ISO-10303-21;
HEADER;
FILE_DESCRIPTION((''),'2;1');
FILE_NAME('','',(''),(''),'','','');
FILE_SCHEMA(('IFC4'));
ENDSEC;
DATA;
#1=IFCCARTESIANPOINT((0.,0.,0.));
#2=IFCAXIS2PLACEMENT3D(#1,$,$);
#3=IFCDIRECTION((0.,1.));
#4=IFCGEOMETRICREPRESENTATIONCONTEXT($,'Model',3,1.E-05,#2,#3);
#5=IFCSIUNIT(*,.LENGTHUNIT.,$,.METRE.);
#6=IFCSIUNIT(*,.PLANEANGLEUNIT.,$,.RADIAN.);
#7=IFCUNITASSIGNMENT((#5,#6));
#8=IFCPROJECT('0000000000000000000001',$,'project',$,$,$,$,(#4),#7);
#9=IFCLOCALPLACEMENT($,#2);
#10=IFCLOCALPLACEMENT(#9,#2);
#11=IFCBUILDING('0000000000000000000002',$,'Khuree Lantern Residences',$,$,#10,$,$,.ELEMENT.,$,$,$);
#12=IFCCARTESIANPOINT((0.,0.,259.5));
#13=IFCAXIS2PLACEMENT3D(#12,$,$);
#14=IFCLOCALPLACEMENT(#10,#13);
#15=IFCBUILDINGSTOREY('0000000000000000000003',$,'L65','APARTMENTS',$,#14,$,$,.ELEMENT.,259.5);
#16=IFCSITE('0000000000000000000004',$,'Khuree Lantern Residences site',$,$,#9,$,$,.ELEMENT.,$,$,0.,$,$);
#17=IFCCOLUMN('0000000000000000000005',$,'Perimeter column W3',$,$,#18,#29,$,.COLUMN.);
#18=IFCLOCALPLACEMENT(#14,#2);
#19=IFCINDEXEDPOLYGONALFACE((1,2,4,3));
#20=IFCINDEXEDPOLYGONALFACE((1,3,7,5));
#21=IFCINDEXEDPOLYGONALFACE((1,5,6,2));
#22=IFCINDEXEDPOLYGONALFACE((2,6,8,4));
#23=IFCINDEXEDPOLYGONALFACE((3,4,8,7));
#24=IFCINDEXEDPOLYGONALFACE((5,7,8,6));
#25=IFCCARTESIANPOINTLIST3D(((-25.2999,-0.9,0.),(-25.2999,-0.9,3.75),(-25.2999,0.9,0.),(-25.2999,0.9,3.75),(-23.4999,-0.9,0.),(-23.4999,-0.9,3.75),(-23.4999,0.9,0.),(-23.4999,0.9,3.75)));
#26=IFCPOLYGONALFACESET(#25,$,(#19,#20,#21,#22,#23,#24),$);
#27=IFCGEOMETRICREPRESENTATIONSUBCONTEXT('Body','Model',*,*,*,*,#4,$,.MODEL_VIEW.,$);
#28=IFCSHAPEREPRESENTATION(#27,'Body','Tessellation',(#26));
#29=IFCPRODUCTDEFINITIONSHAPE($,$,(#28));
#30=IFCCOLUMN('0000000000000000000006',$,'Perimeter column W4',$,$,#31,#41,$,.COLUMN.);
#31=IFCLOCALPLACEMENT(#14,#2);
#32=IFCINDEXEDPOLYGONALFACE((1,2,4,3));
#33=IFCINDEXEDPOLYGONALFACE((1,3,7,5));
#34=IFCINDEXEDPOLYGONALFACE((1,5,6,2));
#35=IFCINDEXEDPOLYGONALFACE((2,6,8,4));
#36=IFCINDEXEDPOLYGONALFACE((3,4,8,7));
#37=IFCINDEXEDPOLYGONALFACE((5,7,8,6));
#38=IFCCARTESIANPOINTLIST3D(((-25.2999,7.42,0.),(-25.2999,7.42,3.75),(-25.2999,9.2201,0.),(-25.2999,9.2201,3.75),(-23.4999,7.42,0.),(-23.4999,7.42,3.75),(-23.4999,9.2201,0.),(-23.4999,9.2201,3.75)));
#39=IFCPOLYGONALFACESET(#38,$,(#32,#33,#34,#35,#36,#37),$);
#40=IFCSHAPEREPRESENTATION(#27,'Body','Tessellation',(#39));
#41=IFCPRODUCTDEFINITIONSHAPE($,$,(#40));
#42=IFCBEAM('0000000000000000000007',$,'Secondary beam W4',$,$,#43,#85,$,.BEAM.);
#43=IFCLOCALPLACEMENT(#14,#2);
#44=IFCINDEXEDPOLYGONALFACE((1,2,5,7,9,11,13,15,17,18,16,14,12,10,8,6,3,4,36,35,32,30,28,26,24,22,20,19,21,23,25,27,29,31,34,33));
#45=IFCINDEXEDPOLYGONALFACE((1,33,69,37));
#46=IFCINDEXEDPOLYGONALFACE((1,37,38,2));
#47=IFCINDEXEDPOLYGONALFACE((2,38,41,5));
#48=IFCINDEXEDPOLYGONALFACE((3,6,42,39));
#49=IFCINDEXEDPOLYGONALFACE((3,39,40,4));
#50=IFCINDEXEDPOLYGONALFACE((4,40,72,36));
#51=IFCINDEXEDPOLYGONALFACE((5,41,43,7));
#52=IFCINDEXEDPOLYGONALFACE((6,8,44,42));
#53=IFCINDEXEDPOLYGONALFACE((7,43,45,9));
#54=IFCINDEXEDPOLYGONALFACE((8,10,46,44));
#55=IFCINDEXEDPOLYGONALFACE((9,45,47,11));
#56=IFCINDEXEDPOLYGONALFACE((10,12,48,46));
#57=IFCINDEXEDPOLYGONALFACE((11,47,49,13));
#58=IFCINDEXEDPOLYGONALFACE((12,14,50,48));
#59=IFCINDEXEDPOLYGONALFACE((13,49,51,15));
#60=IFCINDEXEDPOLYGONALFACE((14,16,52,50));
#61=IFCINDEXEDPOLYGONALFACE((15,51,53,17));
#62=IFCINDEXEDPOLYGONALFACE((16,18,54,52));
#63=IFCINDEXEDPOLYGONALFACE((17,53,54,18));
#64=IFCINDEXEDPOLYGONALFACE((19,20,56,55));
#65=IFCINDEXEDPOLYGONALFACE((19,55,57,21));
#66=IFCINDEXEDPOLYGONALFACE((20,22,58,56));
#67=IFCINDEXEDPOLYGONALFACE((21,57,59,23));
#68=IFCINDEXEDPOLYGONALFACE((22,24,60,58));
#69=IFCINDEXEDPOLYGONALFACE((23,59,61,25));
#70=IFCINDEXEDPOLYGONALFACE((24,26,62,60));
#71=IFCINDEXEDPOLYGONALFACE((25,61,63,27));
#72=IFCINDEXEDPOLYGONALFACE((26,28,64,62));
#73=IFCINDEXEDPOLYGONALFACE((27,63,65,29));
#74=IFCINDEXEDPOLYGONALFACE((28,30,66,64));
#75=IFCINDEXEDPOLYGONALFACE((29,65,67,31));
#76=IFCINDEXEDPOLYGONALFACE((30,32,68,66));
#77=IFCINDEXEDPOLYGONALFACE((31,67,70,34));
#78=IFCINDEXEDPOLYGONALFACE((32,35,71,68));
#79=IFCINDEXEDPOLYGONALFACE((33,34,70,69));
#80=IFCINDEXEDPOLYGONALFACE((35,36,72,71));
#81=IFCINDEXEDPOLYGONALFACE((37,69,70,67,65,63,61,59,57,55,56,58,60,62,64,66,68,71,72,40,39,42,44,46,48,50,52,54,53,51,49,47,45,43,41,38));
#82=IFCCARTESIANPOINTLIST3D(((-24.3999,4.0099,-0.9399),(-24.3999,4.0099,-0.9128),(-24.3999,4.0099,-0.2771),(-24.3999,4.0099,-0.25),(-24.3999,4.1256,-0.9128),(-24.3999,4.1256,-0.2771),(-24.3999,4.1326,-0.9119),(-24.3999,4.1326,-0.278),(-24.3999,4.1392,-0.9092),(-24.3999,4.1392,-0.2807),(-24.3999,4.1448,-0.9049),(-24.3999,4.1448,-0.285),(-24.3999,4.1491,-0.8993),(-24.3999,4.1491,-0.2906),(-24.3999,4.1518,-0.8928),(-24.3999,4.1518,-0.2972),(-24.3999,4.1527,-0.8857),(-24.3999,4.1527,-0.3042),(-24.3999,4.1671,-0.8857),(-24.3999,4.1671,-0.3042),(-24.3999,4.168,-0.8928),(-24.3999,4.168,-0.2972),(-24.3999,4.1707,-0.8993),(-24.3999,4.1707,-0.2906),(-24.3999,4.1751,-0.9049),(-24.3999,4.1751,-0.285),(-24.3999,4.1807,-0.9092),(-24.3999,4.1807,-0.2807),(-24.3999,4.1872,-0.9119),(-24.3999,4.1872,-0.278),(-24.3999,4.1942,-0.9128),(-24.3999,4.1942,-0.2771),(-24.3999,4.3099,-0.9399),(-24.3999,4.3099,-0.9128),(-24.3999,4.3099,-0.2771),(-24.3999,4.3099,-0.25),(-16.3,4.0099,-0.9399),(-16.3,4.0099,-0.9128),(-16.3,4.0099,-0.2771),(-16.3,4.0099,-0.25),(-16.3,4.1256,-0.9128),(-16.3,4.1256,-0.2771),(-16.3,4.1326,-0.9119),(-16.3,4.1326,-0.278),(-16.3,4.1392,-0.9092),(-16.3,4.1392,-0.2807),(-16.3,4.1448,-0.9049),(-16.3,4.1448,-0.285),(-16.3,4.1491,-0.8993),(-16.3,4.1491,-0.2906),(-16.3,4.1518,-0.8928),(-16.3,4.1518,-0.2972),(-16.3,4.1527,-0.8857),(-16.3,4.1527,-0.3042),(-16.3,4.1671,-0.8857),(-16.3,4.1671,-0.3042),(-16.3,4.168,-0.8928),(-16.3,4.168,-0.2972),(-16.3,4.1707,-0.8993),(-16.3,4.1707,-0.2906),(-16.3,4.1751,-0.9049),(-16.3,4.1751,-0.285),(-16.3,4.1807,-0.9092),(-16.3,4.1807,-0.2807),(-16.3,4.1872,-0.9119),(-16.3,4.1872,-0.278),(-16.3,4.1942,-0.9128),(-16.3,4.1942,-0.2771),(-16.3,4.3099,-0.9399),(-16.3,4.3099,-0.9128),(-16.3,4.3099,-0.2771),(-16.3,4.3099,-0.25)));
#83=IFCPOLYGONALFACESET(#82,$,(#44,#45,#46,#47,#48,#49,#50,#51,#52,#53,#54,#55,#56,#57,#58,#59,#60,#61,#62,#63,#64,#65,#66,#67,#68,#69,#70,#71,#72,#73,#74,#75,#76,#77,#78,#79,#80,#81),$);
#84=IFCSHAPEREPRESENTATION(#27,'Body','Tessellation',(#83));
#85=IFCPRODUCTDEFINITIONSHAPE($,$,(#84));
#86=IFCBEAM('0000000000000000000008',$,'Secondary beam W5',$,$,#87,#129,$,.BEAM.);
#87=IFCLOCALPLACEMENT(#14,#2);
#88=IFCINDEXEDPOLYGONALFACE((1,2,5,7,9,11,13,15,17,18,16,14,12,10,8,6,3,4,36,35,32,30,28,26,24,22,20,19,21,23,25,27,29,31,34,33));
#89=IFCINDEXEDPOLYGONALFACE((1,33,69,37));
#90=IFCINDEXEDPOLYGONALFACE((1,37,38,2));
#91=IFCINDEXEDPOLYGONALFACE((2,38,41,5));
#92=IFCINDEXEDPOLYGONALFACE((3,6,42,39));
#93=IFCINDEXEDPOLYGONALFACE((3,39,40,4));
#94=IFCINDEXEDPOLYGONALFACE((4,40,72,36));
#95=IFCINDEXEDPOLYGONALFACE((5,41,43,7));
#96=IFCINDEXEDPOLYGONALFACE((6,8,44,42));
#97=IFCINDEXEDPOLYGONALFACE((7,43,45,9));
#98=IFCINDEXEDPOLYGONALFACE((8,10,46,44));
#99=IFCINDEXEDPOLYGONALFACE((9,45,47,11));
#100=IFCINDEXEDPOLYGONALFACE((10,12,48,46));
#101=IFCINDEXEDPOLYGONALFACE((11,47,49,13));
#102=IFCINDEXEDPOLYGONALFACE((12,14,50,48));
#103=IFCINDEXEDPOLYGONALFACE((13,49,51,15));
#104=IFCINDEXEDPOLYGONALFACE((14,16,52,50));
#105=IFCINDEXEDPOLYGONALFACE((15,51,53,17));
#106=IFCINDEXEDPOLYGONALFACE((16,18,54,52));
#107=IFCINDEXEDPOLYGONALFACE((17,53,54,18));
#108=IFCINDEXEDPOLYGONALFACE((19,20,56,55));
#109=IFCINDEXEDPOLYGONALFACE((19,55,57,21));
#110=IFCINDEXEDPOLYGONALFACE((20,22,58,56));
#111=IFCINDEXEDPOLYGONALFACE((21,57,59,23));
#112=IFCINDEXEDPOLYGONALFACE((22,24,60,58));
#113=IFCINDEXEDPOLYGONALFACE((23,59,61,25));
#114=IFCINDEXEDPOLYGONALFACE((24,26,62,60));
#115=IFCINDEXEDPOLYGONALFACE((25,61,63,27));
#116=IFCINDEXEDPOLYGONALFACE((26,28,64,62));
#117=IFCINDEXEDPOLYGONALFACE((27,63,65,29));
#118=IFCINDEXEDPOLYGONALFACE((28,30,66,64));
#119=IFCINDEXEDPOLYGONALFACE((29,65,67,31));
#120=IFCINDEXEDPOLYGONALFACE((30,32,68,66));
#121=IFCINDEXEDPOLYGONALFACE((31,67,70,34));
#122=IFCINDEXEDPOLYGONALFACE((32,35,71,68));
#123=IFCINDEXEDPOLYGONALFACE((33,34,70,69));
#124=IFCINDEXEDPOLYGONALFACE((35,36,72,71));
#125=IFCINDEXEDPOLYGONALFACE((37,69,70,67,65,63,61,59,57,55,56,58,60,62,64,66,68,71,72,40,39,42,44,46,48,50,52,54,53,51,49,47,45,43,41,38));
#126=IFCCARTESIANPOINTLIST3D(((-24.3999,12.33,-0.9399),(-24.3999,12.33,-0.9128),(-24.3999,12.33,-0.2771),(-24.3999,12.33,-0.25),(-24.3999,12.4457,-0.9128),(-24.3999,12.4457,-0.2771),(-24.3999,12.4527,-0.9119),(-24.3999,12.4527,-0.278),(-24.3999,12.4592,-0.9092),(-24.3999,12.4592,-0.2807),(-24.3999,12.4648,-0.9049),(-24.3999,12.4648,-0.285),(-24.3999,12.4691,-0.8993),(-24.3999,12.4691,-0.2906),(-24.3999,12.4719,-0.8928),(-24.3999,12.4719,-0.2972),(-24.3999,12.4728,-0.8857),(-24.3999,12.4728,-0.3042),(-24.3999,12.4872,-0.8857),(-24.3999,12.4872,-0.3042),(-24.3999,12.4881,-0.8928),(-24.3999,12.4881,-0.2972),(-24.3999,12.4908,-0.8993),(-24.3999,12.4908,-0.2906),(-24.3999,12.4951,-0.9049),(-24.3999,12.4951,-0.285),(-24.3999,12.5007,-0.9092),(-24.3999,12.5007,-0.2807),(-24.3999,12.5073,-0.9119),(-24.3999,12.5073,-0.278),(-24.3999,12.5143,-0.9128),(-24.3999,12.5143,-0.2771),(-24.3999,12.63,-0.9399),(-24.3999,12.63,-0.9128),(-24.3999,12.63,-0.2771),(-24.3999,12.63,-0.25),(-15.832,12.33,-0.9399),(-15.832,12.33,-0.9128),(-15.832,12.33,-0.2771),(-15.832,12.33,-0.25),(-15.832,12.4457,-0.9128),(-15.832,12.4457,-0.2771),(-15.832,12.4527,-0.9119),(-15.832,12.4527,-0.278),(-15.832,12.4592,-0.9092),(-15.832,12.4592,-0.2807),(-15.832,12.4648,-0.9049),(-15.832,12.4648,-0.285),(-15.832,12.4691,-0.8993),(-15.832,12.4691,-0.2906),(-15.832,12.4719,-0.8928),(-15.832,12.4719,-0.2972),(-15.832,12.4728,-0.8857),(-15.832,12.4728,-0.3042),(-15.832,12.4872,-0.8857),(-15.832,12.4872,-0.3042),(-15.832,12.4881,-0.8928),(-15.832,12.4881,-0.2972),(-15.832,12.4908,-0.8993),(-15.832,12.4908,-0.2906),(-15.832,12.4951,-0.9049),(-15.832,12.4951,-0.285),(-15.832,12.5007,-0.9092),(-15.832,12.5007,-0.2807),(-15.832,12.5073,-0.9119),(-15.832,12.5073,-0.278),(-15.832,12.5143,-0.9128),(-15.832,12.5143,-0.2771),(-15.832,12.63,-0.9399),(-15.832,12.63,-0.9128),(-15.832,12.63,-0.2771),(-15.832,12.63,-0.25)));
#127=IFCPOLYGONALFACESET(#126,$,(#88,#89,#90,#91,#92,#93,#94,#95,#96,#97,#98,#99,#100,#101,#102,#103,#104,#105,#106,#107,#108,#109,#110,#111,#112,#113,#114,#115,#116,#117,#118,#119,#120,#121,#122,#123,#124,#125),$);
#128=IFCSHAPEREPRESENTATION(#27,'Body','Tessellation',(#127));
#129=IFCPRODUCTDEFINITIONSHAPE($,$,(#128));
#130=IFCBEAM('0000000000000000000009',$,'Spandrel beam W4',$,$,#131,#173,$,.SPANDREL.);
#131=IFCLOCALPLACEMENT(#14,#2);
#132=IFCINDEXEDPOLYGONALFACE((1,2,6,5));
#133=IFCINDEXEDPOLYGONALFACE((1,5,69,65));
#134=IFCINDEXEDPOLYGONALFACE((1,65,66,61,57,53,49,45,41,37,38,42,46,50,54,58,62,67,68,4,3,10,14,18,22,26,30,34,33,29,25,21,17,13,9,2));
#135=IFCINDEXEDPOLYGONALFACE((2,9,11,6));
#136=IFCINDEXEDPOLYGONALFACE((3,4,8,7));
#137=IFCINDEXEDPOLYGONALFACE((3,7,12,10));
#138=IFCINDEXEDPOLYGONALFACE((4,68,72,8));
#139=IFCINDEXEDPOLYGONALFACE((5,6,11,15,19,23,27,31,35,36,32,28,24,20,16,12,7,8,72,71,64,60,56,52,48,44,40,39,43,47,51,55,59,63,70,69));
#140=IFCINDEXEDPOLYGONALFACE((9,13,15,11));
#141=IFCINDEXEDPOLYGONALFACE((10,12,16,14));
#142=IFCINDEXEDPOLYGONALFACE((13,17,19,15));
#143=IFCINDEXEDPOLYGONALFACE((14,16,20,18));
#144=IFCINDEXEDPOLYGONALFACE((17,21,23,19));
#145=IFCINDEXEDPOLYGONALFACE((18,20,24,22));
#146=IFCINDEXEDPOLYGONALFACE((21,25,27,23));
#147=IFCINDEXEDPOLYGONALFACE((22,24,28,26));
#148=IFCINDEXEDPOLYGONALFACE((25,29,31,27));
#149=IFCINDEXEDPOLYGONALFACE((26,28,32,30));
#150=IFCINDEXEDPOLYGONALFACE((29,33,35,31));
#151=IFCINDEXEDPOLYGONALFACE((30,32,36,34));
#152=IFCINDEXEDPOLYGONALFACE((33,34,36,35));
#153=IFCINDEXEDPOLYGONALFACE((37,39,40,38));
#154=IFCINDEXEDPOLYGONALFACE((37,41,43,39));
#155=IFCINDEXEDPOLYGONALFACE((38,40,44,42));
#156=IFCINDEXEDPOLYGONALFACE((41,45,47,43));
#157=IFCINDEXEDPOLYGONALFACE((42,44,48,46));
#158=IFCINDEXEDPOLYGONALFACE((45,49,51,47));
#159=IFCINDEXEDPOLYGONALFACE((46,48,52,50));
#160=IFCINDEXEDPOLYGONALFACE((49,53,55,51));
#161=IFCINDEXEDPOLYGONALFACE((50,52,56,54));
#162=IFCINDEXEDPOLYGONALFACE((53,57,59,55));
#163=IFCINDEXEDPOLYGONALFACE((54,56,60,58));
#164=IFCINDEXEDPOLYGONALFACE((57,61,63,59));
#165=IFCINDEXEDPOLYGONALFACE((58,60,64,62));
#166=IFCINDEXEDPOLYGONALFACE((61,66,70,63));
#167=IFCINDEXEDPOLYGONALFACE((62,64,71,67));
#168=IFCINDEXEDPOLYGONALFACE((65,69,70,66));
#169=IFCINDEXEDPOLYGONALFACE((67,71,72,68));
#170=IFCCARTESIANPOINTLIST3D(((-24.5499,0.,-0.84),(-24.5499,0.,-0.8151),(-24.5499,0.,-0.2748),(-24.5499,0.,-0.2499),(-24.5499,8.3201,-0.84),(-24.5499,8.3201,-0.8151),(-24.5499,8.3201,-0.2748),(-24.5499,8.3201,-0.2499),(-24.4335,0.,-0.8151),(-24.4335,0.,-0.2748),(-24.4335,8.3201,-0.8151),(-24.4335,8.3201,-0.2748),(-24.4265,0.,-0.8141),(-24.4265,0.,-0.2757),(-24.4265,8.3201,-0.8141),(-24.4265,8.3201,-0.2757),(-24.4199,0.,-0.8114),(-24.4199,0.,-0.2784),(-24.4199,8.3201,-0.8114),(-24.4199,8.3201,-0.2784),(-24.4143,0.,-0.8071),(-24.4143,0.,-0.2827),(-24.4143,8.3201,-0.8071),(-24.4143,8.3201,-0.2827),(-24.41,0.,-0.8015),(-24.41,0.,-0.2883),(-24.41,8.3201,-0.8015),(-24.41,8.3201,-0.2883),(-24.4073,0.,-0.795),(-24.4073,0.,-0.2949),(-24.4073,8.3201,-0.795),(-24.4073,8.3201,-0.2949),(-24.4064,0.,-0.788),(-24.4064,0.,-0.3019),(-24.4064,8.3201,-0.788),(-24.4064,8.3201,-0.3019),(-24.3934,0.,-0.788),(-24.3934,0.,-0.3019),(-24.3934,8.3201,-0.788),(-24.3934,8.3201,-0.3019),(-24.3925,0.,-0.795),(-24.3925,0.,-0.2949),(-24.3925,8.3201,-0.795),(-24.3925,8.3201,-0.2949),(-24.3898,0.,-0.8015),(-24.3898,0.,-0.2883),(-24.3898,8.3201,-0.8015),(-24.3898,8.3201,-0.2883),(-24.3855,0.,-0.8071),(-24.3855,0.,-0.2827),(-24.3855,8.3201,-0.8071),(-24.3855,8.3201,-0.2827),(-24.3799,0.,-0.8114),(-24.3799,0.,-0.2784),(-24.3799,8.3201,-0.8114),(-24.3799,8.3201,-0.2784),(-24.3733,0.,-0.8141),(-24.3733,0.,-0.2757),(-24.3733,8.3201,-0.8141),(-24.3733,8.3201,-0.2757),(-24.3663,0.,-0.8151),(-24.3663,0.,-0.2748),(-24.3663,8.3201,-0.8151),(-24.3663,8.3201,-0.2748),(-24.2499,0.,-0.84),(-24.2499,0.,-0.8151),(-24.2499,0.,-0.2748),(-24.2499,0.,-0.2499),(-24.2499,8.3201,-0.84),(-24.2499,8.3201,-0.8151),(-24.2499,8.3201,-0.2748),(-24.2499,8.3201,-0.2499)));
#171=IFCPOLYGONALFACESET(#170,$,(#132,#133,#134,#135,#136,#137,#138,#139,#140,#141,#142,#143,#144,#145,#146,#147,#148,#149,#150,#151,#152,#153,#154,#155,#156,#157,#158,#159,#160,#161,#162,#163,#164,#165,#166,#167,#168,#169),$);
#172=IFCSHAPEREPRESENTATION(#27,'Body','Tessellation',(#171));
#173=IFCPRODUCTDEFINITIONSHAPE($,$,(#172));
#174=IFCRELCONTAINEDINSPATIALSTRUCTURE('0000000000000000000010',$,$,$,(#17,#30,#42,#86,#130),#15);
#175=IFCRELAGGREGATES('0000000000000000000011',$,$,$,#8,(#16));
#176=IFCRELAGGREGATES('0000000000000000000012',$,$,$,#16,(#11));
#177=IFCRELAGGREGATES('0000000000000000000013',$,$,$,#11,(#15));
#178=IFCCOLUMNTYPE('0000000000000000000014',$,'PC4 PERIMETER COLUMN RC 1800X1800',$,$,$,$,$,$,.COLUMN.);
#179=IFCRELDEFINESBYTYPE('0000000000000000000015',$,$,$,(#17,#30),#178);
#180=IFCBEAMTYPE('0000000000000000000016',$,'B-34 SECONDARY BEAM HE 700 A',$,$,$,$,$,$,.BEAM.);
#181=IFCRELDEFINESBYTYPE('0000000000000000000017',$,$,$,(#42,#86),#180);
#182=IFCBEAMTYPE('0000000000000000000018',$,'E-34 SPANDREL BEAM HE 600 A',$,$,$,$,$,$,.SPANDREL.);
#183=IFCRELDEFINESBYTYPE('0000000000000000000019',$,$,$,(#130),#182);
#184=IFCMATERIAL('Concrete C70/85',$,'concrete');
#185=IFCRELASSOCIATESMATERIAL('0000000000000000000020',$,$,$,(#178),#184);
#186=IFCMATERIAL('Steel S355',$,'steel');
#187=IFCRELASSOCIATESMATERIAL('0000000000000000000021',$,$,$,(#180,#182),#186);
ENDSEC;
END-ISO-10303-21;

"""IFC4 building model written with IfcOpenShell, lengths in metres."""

from ifc_helpers import new_model, si_unit, direction, frame, origin, origin_2d, place, context, subcontext, project, spatial, rectangle, i_section, extrude, material, material_profile, profile_set, type_object, element, save


model = new_model("IFC4")

# Units and contexts
model_context = context("Model", 3, precision=1e-05, world=origin(), true_north=direction((0.0, 1.0)))
body_context = subcontext(model_context, "Body", "Model", "MODEL_VIEW")
ifc_project = project(units=[si_unit("LENGTHUNIT", "METRE"), si_unit("PLANEANGLEUNIT", "RADIAN")], contexts=[model_context])

# Site, building, storey
site_placement = place(None, origin())
site = spatial("IfcSite", under=ifc_project, at=site_placement, Name="Khuree Lantern Residences site", CompositionType="ELEMENT", RefElevation=0.0)
building_placement = place(site_placement, origin())
building = spatial("IfcBuilding", under=site, at=building_placement, Name="Khuree Lantern Residences", CompositionType="ELEMENT")
storey_placement = place(building_placement, frame((0.0, 0.0, 259.5)))
storey = spatial("IfcBuildingStorey", under=building, at=storey_placement, Name="L65", Description="APARTMENTS", CompositionType="ELEMENT", Elevation=259.5)

# Columns
ifc_material_1 = material(Name="Concrete C70/85", Category="concrete")
ifc_material_profile_1 = material_profile(ifc_material_1, rectangle(XDim=1.8, YDim=1.8, at=origin_2d()), Name="RC 1800X1800")
ifc_profile_set_1 = profile_set([ifc_material_profile_1], Name="Concrete C70/85")
column_type = type_object("IfcColumnType", Name="PC4 PERIMETER COLUMN RC 1800X1800", PredefinedType="COLUMN", material=ifc_profile_set_1)
for number, where, z_axis, x_axis, name in (
    (1, (-24.3999, 0.0, 0.0), (0.0, 0.0, 1.0), (0.0, 1.0, 0.0), "Perimeter column W3"),
    (2, (-24.3999, 8.3201, 0.0), (0.0, 0.0, 1.0), (0.0, 1.0, 0.0), "Perimeter column W4"),
):
    element("IfcColumn", number, at=place(storey_placement, frame(where, z_axis=z_axis, x_axis=x_axis)), inside=storey, type_object=column_type, Name=name, PredefinedType="COLUMN", context=body_context, shape_type="SweptSolid", body=[
        extrude(rectangle(XDim=1.8, YDim=1.8, at=origin_2d()), origin(), (0.0, 0.0, 1.0), 3.75),
    ])

# Beams
ifc_material_2 = material(Name="Steel S355", Category="steel")
ifc_material_profile_2 = material_profile(ifc_material_2, i_section(OverallWidth=0.3, OverallDepth=0.6899, WebThickness=0.0144, FlangeThickness=0.0271, FilletRadius=0.0271, at=origin_2d()), Name="HE 700 A")
ifc_profile_set_2 = profile_set([ifc_material_profile_2], Name="Steel S355")
beam_type_1 = type_object("IfcBeamType", Name="B-34 SECONDARY BEAM HE 700 A", PredefinedType="BEAM", material=ifc_profile_set_2)
beam_1_placement = place(storey_placement, frame((-24.3999, 4.1599, -0.595), z_axis=(1.0, 0.0, 0.0), x_axis=(0.0, 1.0, 0.0)))
element("IfcBeam", 3, at=beam_1_placement, inside=storey, type_object=beam_type_1, Name="Secondary beam W4", PredefinedType="BEAM", context=body_context, shape_type="SweptSolid", body=[
    extrude(i_section(OverallWidth=0.3, OverallDepth=0.6899, WebThickness=0.0144, FlangeThickness=0.0271, FilletRadius=0.0271, at=origin_2d()), origin(), (0.0, 0.0, 1.0), 8.0999),
])
beam_2_placement = place(storey_placement, frame((-24.3999, 12.48, -0.595), z_axis=(1.0, 0.0, 0.0), x_axis=(0.0, 1.0, 0.0)))
element("IfcBeam", 4, at=beam_2_placement, inside=storey, type_object=beam_type_1, Name="Secondary beam W5", PredefinedType="BEAM", context=body_context, shape_type="SweptSolid", body=[
    extrude(i_section(OverallWidth=0.3, OverallDepth=0.6899, WebThickness=0.0144, FlangeThickness=0.0271, FilletRadius=0.0271, at=origin_2d()), origin(), (0.0, 0.0, 1.0), 8.5679),
])
ifc_material_profile_3 = material_profile(ifc_material_2, i_section(OverallWidth=0.3, OverallDepth=0.5901, WebThickness=0.0129, FlangeThickness=0.0249, FilletRadius=0.0271, at=origin_2d()), Name="HE 600 A")
ifc_profile_set_3 = profile_set([ifc_material_profile_3], Name="Steel S355")
beam_type_2 = type_object("IfcBeamType", Name="E-34 SPANDREL BEAM HE 600 A", PredefinedType="SPANDREL", material=ifc_profile_set_3)
beam_3_placement = place(storey_placement, frame((-24.3999, 0.0, -0.5449), z_axis=(0.0, 1.0, 0.0), x_axis=(-1.0, 0.0, 0.0)))
element("IfcBeam", 5, at=beam_3_placement, inside=storey, type_object=beam_type_2, Name="Spandrel beam W4", PredefinedType="SPANDREL", context=body_context, shape_type="SweptSolid", body=[
    extrude(i_section(OverallWidth=0.3, OverallDepth=0.5901, WebThickness=0.0129, FlangeThickness=0.0249, FilletRadius=0.0271, at=origin_2d()), origin(), (0.0, 0.0, 1.0), 8.3201),
])

save(model, "model.ifc")
